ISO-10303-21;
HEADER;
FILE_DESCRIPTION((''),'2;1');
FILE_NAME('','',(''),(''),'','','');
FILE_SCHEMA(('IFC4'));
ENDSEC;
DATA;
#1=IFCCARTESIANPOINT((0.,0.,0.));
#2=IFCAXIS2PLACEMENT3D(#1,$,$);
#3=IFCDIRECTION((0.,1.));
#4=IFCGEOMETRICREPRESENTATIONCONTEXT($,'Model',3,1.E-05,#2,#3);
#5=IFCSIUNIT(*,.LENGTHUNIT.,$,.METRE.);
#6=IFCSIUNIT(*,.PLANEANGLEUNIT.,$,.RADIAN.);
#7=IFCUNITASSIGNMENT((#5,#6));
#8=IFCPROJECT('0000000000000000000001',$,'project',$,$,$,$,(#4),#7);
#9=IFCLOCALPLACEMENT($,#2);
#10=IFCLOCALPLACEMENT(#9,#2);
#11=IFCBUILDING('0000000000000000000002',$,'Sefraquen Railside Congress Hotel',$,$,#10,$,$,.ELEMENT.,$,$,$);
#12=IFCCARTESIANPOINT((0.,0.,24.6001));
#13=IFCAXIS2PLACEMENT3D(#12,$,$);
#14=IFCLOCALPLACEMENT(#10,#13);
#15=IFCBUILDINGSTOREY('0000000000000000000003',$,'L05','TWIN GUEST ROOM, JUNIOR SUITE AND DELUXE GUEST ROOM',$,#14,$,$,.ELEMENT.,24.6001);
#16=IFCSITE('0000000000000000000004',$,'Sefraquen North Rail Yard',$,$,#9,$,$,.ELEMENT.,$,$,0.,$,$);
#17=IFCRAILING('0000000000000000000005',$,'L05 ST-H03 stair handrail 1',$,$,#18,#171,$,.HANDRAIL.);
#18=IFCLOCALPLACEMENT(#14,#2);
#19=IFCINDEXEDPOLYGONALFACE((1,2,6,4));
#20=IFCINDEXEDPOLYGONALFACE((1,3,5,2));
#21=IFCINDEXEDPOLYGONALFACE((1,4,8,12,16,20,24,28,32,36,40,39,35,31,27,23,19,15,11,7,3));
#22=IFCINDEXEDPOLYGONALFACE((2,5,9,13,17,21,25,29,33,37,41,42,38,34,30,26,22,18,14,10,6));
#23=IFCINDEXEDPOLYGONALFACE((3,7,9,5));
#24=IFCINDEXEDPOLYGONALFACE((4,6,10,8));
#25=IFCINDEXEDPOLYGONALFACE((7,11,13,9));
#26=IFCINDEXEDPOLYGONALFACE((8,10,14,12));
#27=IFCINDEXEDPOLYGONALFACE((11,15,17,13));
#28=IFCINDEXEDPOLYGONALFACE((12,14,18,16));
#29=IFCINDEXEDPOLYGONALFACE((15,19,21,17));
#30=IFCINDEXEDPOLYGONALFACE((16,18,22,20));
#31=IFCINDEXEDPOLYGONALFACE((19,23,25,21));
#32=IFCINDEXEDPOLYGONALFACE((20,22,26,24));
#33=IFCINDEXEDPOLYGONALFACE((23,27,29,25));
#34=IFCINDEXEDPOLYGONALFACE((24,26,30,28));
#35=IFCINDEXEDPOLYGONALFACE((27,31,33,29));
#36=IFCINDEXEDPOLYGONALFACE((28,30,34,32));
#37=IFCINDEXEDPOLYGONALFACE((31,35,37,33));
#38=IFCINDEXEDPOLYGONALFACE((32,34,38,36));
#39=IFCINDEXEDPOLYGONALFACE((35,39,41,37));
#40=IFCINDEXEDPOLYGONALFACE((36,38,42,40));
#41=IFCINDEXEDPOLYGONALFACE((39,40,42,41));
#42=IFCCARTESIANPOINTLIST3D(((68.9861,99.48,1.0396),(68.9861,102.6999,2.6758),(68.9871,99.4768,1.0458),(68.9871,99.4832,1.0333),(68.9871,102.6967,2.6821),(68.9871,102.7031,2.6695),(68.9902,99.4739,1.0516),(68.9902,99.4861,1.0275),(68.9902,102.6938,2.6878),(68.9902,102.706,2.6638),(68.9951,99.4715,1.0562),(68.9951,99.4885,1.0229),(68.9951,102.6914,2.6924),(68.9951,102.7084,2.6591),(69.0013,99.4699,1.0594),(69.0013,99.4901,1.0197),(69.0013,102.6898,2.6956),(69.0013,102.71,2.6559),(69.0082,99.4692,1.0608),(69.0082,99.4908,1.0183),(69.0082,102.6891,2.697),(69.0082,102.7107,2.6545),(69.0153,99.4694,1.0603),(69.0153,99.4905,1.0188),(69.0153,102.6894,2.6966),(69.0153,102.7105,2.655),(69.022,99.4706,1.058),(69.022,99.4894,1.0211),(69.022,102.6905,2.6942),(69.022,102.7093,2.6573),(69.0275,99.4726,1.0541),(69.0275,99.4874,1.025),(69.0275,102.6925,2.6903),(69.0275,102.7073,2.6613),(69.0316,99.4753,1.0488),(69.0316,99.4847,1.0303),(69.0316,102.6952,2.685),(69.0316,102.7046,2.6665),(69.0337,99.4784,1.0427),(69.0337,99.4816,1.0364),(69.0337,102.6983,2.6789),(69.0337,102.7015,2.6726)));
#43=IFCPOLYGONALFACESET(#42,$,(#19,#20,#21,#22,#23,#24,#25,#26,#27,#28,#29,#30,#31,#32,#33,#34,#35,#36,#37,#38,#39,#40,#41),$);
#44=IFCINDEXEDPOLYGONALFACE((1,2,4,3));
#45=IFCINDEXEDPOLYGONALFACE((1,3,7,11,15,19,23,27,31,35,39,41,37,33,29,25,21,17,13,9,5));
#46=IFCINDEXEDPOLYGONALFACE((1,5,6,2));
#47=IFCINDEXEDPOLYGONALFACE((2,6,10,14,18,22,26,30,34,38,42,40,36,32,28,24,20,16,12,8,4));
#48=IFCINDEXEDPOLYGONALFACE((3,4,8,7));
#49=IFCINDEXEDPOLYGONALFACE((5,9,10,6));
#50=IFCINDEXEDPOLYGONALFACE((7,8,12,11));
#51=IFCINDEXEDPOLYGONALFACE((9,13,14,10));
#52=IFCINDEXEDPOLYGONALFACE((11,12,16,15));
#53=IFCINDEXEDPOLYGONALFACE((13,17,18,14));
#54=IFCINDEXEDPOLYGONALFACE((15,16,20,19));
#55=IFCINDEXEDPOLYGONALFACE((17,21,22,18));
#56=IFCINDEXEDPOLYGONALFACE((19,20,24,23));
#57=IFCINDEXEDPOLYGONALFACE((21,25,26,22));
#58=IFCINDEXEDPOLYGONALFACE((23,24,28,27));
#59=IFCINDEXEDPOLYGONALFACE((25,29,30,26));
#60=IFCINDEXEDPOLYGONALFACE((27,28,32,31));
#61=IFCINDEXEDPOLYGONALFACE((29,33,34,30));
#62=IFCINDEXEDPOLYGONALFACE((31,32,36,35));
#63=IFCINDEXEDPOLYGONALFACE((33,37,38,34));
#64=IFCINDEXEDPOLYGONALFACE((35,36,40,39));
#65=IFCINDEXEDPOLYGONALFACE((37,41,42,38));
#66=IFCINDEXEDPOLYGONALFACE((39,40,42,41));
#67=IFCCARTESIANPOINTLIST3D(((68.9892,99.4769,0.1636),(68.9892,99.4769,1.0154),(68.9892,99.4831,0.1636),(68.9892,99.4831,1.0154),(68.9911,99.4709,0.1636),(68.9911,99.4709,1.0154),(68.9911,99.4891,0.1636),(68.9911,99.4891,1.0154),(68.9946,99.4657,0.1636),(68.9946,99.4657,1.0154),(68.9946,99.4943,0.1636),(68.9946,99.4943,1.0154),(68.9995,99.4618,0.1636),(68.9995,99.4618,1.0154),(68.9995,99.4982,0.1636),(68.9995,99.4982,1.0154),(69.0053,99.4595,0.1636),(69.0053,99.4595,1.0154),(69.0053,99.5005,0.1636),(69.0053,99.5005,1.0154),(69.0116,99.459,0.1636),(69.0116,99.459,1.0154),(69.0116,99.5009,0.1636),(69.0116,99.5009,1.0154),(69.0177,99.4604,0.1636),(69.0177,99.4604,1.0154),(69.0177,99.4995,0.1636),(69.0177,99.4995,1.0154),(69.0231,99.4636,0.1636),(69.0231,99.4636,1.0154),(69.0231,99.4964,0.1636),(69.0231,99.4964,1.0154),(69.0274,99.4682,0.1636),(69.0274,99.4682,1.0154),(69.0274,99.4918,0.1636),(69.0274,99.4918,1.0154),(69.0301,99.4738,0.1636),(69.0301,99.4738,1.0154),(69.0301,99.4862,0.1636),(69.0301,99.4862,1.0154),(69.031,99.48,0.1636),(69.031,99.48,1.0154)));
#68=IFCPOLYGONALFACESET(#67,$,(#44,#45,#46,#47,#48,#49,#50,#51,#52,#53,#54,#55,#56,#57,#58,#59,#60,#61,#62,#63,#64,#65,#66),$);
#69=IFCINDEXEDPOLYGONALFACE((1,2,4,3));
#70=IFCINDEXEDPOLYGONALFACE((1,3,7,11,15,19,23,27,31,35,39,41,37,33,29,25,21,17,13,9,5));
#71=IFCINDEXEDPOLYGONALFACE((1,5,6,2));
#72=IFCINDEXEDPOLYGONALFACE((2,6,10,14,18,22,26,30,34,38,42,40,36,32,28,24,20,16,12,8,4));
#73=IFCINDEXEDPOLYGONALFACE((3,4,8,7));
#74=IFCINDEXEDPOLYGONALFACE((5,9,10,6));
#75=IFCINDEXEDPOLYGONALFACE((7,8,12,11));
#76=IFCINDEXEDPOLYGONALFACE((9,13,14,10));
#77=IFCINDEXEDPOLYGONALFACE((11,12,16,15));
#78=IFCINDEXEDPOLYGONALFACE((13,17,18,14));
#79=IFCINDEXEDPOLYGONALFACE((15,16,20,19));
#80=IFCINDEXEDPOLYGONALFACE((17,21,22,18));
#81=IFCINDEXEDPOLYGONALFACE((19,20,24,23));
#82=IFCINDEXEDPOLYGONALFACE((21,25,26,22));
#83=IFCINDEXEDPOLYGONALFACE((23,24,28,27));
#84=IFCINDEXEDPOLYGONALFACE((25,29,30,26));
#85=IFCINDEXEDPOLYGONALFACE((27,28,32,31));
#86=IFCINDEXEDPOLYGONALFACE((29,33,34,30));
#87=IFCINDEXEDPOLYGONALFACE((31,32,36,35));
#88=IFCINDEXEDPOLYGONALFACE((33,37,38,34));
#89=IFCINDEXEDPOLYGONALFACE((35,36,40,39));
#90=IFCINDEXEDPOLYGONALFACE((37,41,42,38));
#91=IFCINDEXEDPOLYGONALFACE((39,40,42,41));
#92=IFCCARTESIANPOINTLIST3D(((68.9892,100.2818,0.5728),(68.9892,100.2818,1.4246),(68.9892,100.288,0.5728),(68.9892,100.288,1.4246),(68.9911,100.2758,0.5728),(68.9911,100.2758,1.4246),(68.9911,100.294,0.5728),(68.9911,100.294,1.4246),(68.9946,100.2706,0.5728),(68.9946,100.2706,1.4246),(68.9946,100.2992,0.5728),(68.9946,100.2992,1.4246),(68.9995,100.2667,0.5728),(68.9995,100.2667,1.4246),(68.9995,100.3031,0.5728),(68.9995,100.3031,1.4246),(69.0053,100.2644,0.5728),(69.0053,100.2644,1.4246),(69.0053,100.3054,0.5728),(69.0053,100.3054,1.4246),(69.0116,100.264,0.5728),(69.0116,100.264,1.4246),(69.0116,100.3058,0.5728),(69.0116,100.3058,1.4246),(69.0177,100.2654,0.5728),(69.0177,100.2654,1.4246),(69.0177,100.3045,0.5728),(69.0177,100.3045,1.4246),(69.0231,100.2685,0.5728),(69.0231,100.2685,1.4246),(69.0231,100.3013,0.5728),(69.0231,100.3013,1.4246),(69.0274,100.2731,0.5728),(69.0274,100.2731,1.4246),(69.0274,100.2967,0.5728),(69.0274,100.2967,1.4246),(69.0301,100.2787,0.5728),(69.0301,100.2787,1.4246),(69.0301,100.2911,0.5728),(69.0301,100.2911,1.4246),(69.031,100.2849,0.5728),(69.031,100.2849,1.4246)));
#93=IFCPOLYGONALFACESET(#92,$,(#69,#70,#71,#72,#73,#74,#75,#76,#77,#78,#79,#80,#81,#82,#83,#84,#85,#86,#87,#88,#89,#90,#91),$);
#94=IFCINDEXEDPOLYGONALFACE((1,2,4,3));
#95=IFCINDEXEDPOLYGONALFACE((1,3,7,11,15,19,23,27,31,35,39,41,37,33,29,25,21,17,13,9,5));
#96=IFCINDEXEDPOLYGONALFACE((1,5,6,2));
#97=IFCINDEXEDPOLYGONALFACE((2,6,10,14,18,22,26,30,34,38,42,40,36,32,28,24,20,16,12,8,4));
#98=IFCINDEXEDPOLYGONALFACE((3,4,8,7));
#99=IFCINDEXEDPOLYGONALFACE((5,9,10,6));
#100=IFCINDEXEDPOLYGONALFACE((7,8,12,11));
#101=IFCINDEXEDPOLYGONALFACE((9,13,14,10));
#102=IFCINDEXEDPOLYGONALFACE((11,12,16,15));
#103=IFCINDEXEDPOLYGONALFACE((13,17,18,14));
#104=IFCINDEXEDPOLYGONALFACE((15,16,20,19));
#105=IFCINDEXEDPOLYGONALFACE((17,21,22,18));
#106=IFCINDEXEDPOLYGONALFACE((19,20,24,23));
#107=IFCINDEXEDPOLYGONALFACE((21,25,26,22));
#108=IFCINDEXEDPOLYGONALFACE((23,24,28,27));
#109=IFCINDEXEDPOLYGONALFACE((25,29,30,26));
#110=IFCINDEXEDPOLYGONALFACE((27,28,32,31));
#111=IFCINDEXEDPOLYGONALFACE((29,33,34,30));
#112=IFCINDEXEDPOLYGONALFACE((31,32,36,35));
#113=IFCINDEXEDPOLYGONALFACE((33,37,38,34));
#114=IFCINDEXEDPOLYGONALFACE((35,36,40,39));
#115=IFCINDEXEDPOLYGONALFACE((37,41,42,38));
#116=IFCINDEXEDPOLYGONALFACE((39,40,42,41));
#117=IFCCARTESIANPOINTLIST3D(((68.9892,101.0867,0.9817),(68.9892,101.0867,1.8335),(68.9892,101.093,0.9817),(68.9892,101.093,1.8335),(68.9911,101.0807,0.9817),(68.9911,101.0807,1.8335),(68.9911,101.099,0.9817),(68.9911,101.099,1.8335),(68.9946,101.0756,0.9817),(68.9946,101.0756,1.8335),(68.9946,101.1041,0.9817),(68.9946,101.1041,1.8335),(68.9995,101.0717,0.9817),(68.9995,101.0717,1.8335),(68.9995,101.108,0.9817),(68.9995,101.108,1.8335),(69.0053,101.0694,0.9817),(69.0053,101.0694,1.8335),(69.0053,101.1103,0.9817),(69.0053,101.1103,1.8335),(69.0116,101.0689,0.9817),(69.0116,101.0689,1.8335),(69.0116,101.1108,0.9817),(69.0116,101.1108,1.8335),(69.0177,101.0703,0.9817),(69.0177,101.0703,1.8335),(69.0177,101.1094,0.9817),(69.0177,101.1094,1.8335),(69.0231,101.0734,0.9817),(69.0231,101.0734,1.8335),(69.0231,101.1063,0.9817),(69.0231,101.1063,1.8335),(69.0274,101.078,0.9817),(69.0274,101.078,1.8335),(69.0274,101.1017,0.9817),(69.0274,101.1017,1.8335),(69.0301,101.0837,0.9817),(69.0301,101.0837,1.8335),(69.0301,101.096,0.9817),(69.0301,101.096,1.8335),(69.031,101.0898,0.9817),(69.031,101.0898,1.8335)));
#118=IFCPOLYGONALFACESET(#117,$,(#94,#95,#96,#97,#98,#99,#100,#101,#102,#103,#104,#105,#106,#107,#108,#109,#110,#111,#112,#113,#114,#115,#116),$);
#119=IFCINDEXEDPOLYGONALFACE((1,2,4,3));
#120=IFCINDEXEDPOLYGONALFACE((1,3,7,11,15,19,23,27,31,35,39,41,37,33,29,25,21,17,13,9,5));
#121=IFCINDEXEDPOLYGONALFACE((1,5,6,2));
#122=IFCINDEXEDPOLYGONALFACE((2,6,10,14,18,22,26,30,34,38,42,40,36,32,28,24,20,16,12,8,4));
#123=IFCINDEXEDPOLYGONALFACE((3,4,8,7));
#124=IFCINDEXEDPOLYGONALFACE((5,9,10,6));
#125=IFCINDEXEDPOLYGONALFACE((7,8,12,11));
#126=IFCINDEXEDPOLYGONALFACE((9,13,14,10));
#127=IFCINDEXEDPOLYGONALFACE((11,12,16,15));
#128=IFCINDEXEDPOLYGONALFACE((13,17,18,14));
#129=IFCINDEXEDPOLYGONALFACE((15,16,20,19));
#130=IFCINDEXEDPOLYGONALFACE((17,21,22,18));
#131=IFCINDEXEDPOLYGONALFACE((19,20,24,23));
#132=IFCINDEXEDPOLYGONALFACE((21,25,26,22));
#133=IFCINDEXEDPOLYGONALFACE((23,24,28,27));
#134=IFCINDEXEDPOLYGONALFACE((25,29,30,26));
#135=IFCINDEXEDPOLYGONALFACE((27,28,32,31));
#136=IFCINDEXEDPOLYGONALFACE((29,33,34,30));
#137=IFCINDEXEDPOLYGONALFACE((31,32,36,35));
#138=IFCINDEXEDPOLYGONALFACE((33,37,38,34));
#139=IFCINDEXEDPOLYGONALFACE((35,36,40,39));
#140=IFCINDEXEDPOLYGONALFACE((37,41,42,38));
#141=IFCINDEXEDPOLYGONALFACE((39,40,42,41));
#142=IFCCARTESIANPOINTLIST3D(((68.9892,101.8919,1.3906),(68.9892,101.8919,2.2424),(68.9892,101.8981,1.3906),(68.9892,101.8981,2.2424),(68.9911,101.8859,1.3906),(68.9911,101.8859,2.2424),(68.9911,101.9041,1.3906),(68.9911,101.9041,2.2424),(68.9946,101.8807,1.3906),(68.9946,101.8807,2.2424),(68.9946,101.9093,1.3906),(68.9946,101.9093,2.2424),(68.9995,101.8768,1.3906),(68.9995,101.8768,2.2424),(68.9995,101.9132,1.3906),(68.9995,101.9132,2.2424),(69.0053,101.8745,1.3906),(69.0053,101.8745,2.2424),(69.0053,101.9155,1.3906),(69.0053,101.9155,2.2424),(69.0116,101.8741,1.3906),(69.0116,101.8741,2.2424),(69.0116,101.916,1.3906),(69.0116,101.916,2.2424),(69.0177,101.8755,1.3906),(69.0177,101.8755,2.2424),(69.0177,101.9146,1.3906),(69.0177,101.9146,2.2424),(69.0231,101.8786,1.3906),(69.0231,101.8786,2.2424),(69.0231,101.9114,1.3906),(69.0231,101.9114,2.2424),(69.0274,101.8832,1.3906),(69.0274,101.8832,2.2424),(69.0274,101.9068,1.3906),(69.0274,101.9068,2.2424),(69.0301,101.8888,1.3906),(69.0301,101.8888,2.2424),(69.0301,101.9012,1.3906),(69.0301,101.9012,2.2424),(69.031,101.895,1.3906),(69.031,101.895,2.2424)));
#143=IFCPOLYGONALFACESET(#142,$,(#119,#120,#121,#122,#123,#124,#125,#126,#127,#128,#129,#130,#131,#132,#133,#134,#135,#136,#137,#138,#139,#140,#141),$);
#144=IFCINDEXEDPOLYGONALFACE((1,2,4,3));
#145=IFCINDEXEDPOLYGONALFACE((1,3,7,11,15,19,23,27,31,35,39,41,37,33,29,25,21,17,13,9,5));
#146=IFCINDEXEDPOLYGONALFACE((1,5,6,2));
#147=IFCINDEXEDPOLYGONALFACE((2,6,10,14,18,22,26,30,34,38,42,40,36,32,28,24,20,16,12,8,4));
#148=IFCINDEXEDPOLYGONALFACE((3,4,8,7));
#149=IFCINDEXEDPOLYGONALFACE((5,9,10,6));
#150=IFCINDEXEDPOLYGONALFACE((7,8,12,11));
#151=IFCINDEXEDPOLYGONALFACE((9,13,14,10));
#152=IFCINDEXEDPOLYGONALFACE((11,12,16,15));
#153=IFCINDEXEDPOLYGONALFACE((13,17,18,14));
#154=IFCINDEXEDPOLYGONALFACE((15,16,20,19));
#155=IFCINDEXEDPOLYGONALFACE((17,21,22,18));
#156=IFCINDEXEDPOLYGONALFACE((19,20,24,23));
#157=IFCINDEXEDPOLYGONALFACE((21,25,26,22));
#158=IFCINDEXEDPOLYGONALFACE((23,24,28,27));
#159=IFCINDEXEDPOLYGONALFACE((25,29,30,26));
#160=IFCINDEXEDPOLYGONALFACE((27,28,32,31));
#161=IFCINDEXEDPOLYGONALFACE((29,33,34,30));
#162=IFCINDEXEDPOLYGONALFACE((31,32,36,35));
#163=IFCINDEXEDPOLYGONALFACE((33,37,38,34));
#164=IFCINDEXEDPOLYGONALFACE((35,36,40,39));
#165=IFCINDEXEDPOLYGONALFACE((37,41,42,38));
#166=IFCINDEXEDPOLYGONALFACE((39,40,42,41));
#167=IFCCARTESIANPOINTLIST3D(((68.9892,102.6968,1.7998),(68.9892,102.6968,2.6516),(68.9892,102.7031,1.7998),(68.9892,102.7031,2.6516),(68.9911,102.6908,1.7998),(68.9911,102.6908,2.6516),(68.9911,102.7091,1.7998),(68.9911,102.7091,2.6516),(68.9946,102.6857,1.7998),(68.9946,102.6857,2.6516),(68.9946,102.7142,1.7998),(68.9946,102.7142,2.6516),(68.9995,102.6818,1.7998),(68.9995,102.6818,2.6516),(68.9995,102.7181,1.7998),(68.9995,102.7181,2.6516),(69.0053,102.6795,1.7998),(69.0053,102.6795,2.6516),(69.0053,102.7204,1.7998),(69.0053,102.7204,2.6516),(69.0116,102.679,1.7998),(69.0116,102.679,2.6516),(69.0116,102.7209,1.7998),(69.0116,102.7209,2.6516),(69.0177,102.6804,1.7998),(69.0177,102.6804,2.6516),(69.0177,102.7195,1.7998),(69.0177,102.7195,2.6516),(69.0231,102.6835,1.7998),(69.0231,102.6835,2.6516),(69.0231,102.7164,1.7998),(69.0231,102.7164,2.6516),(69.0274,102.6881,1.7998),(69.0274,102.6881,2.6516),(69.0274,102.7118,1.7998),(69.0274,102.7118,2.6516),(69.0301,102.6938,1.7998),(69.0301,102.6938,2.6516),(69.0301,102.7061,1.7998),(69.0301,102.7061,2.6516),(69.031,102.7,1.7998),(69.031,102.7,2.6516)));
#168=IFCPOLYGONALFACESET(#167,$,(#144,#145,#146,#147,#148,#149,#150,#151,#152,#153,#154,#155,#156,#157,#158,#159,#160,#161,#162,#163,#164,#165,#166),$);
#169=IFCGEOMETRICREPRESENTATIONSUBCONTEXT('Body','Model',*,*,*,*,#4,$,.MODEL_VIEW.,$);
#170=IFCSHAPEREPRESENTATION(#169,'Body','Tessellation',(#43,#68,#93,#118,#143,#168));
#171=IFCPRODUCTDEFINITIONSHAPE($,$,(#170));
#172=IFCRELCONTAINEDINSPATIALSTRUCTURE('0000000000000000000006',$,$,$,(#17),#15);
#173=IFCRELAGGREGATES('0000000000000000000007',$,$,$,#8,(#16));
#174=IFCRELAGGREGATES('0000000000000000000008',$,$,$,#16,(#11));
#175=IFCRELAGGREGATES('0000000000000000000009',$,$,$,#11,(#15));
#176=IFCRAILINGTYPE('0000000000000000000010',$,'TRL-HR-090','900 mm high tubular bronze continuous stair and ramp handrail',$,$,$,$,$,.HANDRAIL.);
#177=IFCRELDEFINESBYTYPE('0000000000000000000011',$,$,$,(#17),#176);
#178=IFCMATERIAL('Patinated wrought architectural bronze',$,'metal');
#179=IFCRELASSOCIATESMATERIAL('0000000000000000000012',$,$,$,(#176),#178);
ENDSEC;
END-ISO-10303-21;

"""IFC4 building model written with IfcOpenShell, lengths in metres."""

from ifc_helpers import new_model, si_unit, direction, frame, origin, origin_2d, place, context, subcontext, project, spatial, circle, extrude, material, type_object, element, save


model = new_model("IFC4")

# Units and contexts
model_context = context("Model", 3, precision=1e-05, world=origin(), true_north=direction((0.0, 1.0)))
body_context = subcontext(model_context, "Body", "Model", "MODEL_VIEW")
ifc_project = project(units=[si_unit("LENGTHUNIT", "METRE"), si_unit("PLANEANGLEUNIT", "RADIAN")], contexts=[model_context])

# Site, building, storey
site_placement = place(None, origin())
site = spatial("IfcSite", under=ifc_project, at=site_placement, Name="Sefraquen North Rail Yard", CompositionType="ELEMENT", RefElevation=0.0)
building_placement = place(site_placement, origin())
building = spatial("IfcBuilding", under=site, at=building_placement, Name="Sefraquen Railside Congress Hotel", CompositionType="ELEMENT")
storey_placement = place(building_placement, frame((0.0, 0.0, 24.6001)))
storey = spatial("IfcBuildingStorey", under=building, at=storey_placement, Name="L05", Description="TWIN GUEST ROOM, JUNIOR SUITE AND DELUXE GUEST ROOM", CompositionType="ELEMENT", Elevation=24.6001)

# Railing
ifc_material_1 = material(Name="Patinated wrought architectural bronze", Category="metal")
railing_type_1 = type_object("IfcRailingType", Name="TRL-HR-090", Description="900 mm high tubular bronze continuous stair and ramp handrail", PredefinedType="HANDRAIL", material=ifc_material_1)
railing_1_placement = place(storey_placement, frame((69.01, 99.48, 0.1636)))
element("IfcRailing", 1, at=railing_1_placement, inside=storey, type_object=railing_type_1, Name="L05 ST-H03 stair handrail 1", PredefinedType="HANDRAIL", context=body_context, shape_type="SweptSolid", body=[
    extrude(circle(Radius=0.0239, at=origin_2d()), frame((0.0, 0.0, 0.876), z_axis=(0.0, 0.891502, 0.453017), x_axis=(-1.0, 0.0, 0.0)), (0.0, 0.0, 1.0), 3.6118),
    extrude(circle(Radius=0.021, at=origin_2d()), origin(), (0.0, 0.0, 1.0), 0.8518),
    extrude(circle(Radius=0.021, at=origin_2d()), frame((0.0, 0.8049, 0.4092)), (0.0, 0.0, 1.0), 0.8518),
    extrude(circle(Radius=0.021, at=origin_2d()), frame((0.0, 1.6099, 0.8181)), (0.0, 0.0, 1.0), 0.8518),
    extrude(circle(Radius=0.021, at=origin_2d()), frame((0.0, 2.415, 1.2271)), (0.0, 0.0, 1.0), 0.8518),
    extrude(circle(Radius=0.021, at=origin_2d()), frame((0.0, 3.22, 1.6362)), (0.0, 0.0, 1.0), 0.8518),
])

save(model, "model.ifc")
